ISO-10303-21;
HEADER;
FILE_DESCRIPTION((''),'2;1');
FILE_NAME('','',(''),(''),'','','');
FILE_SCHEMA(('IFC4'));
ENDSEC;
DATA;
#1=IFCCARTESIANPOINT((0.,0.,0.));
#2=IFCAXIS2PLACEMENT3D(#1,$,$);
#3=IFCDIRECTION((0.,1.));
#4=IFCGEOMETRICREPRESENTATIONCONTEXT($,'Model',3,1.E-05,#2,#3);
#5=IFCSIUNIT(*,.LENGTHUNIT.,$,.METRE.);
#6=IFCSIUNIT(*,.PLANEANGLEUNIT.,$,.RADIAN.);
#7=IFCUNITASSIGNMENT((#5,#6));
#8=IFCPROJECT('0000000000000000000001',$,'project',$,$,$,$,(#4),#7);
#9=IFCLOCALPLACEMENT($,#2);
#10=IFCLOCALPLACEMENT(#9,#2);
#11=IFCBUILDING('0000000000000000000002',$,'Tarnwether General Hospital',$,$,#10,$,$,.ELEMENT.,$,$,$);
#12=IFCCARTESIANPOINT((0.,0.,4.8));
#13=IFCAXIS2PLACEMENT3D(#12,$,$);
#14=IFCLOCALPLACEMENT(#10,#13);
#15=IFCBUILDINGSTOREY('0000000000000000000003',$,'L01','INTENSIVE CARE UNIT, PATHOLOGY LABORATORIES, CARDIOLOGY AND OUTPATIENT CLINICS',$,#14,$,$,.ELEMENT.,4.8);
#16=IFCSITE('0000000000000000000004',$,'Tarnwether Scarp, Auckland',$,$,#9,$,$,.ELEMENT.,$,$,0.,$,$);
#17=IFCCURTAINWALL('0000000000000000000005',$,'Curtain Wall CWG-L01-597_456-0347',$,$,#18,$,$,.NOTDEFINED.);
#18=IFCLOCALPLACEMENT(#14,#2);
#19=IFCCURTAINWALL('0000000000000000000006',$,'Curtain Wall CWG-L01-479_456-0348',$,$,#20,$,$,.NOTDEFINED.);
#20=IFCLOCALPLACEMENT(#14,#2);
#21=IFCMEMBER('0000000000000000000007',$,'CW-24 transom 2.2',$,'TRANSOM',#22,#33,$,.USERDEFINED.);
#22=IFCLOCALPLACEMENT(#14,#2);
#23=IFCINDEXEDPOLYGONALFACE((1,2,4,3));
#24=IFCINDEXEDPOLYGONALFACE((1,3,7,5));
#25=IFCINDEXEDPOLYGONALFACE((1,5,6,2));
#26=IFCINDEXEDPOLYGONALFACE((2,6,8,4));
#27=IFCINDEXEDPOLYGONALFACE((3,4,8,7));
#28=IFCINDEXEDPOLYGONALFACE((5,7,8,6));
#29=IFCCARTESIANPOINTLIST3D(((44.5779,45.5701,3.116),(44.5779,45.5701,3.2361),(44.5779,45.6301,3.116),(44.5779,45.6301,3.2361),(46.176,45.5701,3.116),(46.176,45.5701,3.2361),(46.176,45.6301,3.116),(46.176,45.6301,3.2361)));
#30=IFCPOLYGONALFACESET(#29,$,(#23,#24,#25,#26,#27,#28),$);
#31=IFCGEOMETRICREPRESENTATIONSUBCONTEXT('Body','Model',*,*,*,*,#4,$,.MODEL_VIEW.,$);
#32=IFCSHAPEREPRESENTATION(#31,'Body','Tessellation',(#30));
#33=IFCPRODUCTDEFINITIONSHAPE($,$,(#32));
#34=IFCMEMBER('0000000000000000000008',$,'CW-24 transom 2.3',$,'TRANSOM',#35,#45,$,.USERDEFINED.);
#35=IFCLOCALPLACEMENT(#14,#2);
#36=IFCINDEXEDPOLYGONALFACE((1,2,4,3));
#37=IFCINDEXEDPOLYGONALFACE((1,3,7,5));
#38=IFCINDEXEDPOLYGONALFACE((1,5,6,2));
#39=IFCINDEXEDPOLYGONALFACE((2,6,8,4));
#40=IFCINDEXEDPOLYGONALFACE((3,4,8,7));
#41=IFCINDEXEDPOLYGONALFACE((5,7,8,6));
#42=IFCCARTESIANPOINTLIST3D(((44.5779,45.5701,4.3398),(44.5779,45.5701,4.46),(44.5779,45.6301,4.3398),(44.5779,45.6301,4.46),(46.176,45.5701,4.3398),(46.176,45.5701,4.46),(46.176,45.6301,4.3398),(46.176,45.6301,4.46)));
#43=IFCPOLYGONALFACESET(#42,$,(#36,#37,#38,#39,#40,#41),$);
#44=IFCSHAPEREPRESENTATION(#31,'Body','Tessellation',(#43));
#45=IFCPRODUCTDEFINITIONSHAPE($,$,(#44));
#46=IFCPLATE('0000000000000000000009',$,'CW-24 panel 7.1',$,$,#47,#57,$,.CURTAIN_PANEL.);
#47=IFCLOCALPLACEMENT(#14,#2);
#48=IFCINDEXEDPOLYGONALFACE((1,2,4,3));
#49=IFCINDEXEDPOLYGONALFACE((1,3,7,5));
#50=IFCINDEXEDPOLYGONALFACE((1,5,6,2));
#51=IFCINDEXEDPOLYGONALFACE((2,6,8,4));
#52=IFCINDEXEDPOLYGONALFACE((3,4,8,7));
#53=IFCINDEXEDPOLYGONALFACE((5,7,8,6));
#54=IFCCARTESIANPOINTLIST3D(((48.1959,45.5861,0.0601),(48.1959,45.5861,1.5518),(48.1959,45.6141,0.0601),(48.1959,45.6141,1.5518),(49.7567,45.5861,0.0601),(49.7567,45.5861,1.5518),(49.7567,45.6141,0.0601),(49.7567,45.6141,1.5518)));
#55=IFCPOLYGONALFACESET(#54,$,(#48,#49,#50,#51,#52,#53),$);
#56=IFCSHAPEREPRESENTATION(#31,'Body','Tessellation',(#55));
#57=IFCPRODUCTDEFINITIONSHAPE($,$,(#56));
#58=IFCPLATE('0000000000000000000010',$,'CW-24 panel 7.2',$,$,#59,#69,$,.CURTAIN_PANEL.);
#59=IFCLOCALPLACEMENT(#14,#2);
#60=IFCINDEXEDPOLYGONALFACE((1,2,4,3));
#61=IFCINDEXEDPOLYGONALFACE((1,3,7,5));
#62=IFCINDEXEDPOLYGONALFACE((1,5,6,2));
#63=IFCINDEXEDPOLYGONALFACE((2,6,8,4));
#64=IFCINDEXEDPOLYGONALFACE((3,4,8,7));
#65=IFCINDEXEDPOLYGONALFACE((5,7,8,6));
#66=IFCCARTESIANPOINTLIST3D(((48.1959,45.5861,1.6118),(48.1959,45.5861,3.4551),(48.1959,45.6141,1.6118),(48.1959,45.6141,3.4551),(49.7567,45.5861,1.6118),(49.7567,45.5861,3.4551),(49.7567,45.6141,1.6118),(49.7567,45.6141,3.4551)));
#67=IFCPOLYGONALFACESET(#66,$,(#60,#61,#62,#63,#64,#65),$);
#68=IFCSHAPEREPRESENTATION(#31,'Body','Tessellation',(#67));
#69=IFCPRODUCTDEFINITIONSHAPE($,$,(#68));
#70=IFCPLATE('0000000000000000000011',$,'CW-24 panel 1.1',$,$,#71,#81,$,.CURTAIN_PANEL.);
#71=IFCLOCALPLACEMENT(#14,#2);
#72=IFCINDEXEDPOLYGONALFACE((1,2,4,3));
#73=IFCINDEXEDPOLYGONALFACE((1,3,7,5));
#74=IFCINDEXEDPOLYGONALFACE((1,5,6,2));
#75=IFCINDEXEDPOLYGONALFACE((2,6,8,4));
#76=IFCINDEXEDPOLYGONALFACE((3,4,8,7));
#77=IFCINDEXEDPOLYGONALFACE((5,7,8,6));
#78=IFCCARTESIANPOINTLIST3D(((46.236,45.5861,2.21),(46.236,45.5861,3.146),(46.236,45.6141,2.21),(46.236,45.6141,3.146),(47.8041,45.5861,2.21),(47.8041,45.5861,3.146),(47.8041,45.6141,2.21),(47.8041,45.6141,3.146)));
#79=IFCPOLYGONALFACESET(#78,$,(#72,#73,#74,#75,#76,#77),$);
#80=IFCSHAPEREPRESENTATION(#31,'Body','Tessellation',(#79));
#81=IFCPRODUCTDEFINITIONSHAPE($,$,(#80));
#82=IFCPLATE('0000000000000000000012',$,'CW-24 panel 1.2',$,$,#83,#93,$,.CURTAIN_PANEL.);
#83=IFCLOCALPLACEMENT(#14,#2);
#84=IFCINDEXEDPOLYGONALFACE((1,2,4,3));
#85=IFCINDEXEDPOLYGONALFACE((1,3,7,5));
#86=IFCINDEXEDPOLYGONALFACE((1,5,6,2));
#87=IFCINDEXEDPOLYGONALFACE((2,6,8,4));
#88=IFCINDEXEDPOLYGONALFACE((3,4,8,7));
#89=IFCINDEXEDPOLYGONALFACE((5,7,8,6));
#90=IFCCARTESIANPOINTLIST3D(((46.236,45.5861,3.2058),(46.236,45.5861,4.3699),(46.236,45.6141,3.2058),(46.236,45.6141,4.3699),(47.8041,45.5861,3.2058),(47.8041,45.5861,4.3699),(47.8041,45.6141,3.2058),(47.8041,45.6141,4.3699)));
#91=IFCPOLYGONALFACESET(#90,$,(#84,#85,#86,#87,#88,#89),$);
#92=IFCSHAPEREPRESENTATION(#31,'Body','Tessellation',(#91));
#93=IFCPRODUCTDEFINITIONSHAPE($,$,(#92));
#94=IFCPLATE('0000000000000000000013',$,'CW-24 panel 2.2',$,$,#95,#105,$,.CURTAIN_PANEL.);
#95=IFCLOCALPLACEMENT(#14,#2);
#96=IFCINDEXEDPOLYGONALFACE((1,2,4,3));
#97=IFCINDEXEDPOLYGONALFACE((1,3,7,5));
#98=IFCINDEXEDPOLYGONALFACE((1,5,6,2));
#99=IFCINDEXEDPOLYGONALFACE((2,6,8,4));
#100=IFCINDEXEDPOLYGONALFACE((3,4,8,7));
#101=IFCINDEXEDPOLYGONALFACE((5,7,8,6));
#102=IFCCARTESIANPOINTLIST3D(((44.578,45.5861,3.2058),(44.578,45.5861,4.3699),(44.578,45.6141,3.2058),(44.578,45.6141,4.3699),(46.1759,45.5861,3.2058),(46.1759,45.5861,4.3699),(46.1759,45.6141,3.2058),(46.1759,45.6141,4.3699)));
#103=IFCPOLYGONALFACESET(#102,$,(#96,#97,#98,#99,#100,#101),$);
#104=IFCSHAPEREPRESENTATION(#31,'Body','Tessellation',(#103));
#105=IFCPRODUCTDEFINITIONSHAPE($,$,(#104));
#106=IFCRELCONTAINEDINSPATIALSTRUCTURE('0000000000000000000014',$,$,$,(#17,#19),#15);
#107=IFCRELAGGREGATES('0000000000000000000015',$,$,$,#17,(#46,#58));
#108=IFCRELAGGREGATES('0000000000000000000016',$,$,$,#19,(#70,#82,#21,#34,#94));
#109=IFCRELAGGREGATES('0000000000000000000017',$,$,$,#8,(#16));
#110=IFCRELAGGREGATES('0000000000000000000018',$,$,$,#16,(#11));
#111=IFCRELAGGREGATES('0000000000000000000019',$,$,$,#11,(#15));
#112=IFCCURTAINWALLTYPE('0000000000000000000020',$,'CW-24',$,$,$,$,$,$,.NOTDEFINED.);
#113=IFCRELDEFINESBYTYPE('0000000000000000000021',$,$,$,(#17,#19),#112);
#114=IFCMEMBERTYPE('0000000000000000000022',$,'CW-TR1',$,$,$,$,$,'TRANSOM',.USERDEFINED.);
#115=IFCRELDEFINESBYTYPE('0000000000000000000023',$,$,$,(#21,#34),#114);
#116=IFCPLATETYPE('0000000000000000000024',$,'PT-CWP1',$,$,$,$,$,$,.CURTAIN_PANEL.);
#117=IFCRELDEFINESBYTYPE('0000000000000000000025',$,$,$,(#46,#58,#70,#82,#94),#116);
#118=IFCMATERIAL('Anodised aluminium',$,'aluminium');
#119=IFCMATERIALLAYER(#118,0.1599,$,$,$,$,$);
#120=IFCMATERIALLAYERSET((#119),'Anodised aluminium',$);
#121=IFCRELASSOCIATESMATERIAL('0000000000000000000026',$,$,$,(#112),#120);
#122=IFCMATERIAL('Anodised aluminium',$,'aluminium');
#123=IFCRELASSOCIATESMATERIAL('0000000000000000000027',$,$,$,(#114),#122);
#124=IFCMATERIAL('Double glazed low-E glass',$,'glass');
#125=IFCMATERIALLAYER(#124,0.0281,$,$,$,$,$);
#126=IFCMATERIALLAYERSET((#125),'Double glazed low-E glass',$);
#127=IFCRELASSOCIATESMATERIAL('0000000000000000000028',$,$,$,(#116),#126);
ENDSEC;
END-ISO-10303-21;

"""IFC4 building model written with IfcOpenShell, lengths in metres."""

from ifc_helpers import new_model, si_unit, direction, frame, origin, origin_2d, place, context, subcontext, project, spatial, rectangle, extrude, material, layer, layer_set, material_profile, profile_set, type_object, element, aggregate, save


model = new_model("IFC4")

# Units and contexts
model_context = context("Model", 3, precision=1e-05, world=origin(), true_north=direction((0.0, 1.0)))
body_context = subcontext(model_context, "Body", "Model", "MODEL_VIEW")
ifc_project = project(units=[si_unit("LENGTHUNIT", "METRE"), si_unit("PLANEANGLEUNIT", "RADIAN")], contexts=[model_context])

# Site, building, storey
site_placement = place(None, origin())
site = spatial("IfcSite", under=ifc_project, at=site_placement, Name="Tarnwether Scarp, Auckland", CompositionType="ELEMENT", RefElevation=0.0)
building_placement = place(site_placement, origin())
building = spatial("IfcBuilding", under=site, at=building_placement, Name="Tarnwether General Hospital", CompositionType="ELEMENT")
storey_placement = place(building_placement, frame((0.0, 0.0, 4.8)))
storey = spatial("IfcBuildingStorey", under=building, at=storey_placement, Name="L01", Description="INTENSIVE CARE UNIT, PATHOLOGY LABORATORIES, CARDIOLOGY AND OUTPATIENT CLINICS", CompositionType="ELEMENT", Elevation=4.8)

# Curtain wall
ifc_material_1 = material(Name="Anodised aluminium", Category="aluminium")
ifc_layer_1 = layer(ifc_material_1, 0.1599)
ifc_layer_set_1 = layer_set([ifc_layer_1], Name="Anodised aluminium")
curtain_wall_type = type_object("IfcCurtainWallType", Name="CW-24", PredefinedType="NOTDEFINED", material=ifc_layer_set_1)
curtain_wall_1_placement = place(storey_placement, origin())
curtain_wall_1 = element("IfcCurtainWall", 1, at=curtain_wall_1_placement, inside=storey, type_object=curtain_wall_type, Name="Curtain Wall CWG-L01-597_456-0347", PredefinedType="NOTDEFINED")

# Curtain wall
curtain_wall_2_placement = place(storey_placement, origin())
curtain_wall_2 = element("IfcCurtainWall", 2, at=curtain_wall_2_placement, inside=storey, type_object=curtain_wall_type, Name="Curtain Wall CWG-L01-479_456-0348", PredefinedType="NOTDEFINED")

# Members
ifc_material_2 = material(Name="Anodised aluminium", Category="aluminium")
ifc_material_profile_1 = material_profile(ifc_material_2, rectangle(XDim=0.0601, YDim=0.1201, at=origin_2d()), Name="ALU-TRN-60x120")
ifc_profile_set_1 = profile_set([ifc_material_profile_1], Name="Anodised aluminium")
member_type_1 = type_object("IfcMemberType", Name="CW-TR1", ElementType="TRANSOM", PredefinedType="USERDEFINED", material=ifc_profile_set_1)
member_1_placement = place(storey_placement, frame((46.176, 45.6001, 3.176), z_axis=(-1.0, 0.0, 0.0), x_axis=(0.0, -1.0, 0.0)))
member_1 = element("IfcMember", 3, at=member_1_placement, type_object=member_type_1, Name="CW-24 transom 2.2", ObjectType="TRANSOM", PredefinedType="USERDEFINED", context=body_context, shape_type="SweptSolid", body=[
    extrude(rectangle(XDim=0.0601, YDim=0.1201, at=origin_2d()), origin(), (0.0, 0.0, 1.0), 1.5981),
])
member_2_placement = place(storey_placement, frame((46.176, 45.6001, 4.3999), z_axis=(-1.0, 0.0, 0.0), x_axis=(0.0, -1.0, 0.0)))
member_2 = element("IfcMember", 4, at=member_2_placement, type_object=member_type_1, Name="CW-24 transom 2.3", ObjectType="TRANSOM", PredefinedType="USERDEFINED", context=body_context, shape_type="SweptSolid", body=[
    extrude(rectangle(XDim=0.0601, YDim=0.1201, at=origin_2d()), origin(), (0.0, 0.0, 1.0), 1.5981),
])

# Plates
ifc_material_3 = material(Name="Double glazed low-E glass", Category="glass")
ifc_layer_2 = layer(ifc_material_3, 0.0281)
ifc_layer_set_2 = layer_set([ifc_layer_2], Name="Double glazed low-E glass")
plate_type = type_object("IfcPlateType", Name="PT-CWP1", PredefinedType="CURTAIN_PANEL", material=ifc_layer_set_2)
plate_1_placement = place(storey_placement, frame((48.9763, 45.6001, 0.0601), z_axis=(0.0, 0.0, 1.0), x_axis=(-1.0, 0.0, 0.0)))
plate_1 = element("IfcPlate", 5, at=plate_1_placement, type_object=plate_type, Name="CW-24 panel 7.1", PredefinedType="CURTAIN_PANEL", context=body_context, shape_type="SweptSolid", body=[
    extrude(rectangle(XDim=1.5608, YDim=0.0281, at=origin_2d()), origin(), (0.0, 0.0, 1.0), 1.4917),
])
plate_2_placement = place(storey_placement, frame((48.9763, 45.6001, 1.6118), z_axis=(0.0, 0.0, 1.0), x_axis=(-1.0, 0.0, 0.0)))
plate_2 = element("IfcPlate", 6, at=plate_2_placement, type_object=plate_type, Name="CW-24 panel 7.2", PredefinedType="CURTAIN_PANEL", context=body_context, shape_type="SweptSolid", body=[
    extrude(rectangle(XDim=1.5608, YDim=0.0281, at=origin_2d()), origin(), (0.0, 0.0, 1.0), 1.8433),
])
aggregate(curtain_wall_1, [plate_1, plate_2])
plate_3_placement = place(storey_placement, frame((47.02, 45.6001, 2.21), z_axis=(0.0, 0.0, 1.0), x_axis=(-1.0, 0.0, 0.0)))
plate_3 = element("IfcPlate", 7, at=plate_3_placement, type_object=plate_type, Name="CW-24 panel 1.1", PredefinedType="CURTAIN_PANEL", context=body_context, shape_type="SweptSolid", body=[
    extrude(rectangle(XDim=1.5681, YDim=0.0281, at=origin_2d()), origin(), (0.0, 0.0, 1.0), 0.936),
])
plate_4_placement = place(storey_placement, frame((47.02, 45.6001, 3.2058), z_axis=(0.0, 0.0, 1.0), x_axis=(-1.0, 0.0, 0.0)))
plate_4 = element("IfcPlate", 8, at=plate_4_placement, type_object=plate_type, Name="CW-24 panel 1.2", PredefinedType="CURTAIN_PANEL", context=body_context, shape_type="SweptSolid", body=[
    extrude(rectangle(XDim=1.5681, YDim=0.0281, at=origin_2d()), origin(), (0.0, 0.0, 1.0), 1.1641),
])
plate_5_placement = place(storey_placement, frame((45.377, 45.6001, 3.2058), z_axis=(0.0, 0.0, 1.0), x_axis=(-1.0, 0.0, 0.0)))
plate_5 = element("IfcPlate", 9, at=plate_5_placement, type_object=plate_type, Name="CW-24 panel 2.2", PredefinedType="CURTAIN_PANEL", context=body_context, shape_type="SweptSolid", body=[
    extrude(rectangle(XDim=1.5979, YDim=0.0281, at=origin_2d()), origin(), (0.0, 0.0, 1.0), 1.1641),
])
aggregate(curtain_wall_2, [plate_3, plate_4, member_1, member_2, plate_5])

save(model, "model.ifc")
